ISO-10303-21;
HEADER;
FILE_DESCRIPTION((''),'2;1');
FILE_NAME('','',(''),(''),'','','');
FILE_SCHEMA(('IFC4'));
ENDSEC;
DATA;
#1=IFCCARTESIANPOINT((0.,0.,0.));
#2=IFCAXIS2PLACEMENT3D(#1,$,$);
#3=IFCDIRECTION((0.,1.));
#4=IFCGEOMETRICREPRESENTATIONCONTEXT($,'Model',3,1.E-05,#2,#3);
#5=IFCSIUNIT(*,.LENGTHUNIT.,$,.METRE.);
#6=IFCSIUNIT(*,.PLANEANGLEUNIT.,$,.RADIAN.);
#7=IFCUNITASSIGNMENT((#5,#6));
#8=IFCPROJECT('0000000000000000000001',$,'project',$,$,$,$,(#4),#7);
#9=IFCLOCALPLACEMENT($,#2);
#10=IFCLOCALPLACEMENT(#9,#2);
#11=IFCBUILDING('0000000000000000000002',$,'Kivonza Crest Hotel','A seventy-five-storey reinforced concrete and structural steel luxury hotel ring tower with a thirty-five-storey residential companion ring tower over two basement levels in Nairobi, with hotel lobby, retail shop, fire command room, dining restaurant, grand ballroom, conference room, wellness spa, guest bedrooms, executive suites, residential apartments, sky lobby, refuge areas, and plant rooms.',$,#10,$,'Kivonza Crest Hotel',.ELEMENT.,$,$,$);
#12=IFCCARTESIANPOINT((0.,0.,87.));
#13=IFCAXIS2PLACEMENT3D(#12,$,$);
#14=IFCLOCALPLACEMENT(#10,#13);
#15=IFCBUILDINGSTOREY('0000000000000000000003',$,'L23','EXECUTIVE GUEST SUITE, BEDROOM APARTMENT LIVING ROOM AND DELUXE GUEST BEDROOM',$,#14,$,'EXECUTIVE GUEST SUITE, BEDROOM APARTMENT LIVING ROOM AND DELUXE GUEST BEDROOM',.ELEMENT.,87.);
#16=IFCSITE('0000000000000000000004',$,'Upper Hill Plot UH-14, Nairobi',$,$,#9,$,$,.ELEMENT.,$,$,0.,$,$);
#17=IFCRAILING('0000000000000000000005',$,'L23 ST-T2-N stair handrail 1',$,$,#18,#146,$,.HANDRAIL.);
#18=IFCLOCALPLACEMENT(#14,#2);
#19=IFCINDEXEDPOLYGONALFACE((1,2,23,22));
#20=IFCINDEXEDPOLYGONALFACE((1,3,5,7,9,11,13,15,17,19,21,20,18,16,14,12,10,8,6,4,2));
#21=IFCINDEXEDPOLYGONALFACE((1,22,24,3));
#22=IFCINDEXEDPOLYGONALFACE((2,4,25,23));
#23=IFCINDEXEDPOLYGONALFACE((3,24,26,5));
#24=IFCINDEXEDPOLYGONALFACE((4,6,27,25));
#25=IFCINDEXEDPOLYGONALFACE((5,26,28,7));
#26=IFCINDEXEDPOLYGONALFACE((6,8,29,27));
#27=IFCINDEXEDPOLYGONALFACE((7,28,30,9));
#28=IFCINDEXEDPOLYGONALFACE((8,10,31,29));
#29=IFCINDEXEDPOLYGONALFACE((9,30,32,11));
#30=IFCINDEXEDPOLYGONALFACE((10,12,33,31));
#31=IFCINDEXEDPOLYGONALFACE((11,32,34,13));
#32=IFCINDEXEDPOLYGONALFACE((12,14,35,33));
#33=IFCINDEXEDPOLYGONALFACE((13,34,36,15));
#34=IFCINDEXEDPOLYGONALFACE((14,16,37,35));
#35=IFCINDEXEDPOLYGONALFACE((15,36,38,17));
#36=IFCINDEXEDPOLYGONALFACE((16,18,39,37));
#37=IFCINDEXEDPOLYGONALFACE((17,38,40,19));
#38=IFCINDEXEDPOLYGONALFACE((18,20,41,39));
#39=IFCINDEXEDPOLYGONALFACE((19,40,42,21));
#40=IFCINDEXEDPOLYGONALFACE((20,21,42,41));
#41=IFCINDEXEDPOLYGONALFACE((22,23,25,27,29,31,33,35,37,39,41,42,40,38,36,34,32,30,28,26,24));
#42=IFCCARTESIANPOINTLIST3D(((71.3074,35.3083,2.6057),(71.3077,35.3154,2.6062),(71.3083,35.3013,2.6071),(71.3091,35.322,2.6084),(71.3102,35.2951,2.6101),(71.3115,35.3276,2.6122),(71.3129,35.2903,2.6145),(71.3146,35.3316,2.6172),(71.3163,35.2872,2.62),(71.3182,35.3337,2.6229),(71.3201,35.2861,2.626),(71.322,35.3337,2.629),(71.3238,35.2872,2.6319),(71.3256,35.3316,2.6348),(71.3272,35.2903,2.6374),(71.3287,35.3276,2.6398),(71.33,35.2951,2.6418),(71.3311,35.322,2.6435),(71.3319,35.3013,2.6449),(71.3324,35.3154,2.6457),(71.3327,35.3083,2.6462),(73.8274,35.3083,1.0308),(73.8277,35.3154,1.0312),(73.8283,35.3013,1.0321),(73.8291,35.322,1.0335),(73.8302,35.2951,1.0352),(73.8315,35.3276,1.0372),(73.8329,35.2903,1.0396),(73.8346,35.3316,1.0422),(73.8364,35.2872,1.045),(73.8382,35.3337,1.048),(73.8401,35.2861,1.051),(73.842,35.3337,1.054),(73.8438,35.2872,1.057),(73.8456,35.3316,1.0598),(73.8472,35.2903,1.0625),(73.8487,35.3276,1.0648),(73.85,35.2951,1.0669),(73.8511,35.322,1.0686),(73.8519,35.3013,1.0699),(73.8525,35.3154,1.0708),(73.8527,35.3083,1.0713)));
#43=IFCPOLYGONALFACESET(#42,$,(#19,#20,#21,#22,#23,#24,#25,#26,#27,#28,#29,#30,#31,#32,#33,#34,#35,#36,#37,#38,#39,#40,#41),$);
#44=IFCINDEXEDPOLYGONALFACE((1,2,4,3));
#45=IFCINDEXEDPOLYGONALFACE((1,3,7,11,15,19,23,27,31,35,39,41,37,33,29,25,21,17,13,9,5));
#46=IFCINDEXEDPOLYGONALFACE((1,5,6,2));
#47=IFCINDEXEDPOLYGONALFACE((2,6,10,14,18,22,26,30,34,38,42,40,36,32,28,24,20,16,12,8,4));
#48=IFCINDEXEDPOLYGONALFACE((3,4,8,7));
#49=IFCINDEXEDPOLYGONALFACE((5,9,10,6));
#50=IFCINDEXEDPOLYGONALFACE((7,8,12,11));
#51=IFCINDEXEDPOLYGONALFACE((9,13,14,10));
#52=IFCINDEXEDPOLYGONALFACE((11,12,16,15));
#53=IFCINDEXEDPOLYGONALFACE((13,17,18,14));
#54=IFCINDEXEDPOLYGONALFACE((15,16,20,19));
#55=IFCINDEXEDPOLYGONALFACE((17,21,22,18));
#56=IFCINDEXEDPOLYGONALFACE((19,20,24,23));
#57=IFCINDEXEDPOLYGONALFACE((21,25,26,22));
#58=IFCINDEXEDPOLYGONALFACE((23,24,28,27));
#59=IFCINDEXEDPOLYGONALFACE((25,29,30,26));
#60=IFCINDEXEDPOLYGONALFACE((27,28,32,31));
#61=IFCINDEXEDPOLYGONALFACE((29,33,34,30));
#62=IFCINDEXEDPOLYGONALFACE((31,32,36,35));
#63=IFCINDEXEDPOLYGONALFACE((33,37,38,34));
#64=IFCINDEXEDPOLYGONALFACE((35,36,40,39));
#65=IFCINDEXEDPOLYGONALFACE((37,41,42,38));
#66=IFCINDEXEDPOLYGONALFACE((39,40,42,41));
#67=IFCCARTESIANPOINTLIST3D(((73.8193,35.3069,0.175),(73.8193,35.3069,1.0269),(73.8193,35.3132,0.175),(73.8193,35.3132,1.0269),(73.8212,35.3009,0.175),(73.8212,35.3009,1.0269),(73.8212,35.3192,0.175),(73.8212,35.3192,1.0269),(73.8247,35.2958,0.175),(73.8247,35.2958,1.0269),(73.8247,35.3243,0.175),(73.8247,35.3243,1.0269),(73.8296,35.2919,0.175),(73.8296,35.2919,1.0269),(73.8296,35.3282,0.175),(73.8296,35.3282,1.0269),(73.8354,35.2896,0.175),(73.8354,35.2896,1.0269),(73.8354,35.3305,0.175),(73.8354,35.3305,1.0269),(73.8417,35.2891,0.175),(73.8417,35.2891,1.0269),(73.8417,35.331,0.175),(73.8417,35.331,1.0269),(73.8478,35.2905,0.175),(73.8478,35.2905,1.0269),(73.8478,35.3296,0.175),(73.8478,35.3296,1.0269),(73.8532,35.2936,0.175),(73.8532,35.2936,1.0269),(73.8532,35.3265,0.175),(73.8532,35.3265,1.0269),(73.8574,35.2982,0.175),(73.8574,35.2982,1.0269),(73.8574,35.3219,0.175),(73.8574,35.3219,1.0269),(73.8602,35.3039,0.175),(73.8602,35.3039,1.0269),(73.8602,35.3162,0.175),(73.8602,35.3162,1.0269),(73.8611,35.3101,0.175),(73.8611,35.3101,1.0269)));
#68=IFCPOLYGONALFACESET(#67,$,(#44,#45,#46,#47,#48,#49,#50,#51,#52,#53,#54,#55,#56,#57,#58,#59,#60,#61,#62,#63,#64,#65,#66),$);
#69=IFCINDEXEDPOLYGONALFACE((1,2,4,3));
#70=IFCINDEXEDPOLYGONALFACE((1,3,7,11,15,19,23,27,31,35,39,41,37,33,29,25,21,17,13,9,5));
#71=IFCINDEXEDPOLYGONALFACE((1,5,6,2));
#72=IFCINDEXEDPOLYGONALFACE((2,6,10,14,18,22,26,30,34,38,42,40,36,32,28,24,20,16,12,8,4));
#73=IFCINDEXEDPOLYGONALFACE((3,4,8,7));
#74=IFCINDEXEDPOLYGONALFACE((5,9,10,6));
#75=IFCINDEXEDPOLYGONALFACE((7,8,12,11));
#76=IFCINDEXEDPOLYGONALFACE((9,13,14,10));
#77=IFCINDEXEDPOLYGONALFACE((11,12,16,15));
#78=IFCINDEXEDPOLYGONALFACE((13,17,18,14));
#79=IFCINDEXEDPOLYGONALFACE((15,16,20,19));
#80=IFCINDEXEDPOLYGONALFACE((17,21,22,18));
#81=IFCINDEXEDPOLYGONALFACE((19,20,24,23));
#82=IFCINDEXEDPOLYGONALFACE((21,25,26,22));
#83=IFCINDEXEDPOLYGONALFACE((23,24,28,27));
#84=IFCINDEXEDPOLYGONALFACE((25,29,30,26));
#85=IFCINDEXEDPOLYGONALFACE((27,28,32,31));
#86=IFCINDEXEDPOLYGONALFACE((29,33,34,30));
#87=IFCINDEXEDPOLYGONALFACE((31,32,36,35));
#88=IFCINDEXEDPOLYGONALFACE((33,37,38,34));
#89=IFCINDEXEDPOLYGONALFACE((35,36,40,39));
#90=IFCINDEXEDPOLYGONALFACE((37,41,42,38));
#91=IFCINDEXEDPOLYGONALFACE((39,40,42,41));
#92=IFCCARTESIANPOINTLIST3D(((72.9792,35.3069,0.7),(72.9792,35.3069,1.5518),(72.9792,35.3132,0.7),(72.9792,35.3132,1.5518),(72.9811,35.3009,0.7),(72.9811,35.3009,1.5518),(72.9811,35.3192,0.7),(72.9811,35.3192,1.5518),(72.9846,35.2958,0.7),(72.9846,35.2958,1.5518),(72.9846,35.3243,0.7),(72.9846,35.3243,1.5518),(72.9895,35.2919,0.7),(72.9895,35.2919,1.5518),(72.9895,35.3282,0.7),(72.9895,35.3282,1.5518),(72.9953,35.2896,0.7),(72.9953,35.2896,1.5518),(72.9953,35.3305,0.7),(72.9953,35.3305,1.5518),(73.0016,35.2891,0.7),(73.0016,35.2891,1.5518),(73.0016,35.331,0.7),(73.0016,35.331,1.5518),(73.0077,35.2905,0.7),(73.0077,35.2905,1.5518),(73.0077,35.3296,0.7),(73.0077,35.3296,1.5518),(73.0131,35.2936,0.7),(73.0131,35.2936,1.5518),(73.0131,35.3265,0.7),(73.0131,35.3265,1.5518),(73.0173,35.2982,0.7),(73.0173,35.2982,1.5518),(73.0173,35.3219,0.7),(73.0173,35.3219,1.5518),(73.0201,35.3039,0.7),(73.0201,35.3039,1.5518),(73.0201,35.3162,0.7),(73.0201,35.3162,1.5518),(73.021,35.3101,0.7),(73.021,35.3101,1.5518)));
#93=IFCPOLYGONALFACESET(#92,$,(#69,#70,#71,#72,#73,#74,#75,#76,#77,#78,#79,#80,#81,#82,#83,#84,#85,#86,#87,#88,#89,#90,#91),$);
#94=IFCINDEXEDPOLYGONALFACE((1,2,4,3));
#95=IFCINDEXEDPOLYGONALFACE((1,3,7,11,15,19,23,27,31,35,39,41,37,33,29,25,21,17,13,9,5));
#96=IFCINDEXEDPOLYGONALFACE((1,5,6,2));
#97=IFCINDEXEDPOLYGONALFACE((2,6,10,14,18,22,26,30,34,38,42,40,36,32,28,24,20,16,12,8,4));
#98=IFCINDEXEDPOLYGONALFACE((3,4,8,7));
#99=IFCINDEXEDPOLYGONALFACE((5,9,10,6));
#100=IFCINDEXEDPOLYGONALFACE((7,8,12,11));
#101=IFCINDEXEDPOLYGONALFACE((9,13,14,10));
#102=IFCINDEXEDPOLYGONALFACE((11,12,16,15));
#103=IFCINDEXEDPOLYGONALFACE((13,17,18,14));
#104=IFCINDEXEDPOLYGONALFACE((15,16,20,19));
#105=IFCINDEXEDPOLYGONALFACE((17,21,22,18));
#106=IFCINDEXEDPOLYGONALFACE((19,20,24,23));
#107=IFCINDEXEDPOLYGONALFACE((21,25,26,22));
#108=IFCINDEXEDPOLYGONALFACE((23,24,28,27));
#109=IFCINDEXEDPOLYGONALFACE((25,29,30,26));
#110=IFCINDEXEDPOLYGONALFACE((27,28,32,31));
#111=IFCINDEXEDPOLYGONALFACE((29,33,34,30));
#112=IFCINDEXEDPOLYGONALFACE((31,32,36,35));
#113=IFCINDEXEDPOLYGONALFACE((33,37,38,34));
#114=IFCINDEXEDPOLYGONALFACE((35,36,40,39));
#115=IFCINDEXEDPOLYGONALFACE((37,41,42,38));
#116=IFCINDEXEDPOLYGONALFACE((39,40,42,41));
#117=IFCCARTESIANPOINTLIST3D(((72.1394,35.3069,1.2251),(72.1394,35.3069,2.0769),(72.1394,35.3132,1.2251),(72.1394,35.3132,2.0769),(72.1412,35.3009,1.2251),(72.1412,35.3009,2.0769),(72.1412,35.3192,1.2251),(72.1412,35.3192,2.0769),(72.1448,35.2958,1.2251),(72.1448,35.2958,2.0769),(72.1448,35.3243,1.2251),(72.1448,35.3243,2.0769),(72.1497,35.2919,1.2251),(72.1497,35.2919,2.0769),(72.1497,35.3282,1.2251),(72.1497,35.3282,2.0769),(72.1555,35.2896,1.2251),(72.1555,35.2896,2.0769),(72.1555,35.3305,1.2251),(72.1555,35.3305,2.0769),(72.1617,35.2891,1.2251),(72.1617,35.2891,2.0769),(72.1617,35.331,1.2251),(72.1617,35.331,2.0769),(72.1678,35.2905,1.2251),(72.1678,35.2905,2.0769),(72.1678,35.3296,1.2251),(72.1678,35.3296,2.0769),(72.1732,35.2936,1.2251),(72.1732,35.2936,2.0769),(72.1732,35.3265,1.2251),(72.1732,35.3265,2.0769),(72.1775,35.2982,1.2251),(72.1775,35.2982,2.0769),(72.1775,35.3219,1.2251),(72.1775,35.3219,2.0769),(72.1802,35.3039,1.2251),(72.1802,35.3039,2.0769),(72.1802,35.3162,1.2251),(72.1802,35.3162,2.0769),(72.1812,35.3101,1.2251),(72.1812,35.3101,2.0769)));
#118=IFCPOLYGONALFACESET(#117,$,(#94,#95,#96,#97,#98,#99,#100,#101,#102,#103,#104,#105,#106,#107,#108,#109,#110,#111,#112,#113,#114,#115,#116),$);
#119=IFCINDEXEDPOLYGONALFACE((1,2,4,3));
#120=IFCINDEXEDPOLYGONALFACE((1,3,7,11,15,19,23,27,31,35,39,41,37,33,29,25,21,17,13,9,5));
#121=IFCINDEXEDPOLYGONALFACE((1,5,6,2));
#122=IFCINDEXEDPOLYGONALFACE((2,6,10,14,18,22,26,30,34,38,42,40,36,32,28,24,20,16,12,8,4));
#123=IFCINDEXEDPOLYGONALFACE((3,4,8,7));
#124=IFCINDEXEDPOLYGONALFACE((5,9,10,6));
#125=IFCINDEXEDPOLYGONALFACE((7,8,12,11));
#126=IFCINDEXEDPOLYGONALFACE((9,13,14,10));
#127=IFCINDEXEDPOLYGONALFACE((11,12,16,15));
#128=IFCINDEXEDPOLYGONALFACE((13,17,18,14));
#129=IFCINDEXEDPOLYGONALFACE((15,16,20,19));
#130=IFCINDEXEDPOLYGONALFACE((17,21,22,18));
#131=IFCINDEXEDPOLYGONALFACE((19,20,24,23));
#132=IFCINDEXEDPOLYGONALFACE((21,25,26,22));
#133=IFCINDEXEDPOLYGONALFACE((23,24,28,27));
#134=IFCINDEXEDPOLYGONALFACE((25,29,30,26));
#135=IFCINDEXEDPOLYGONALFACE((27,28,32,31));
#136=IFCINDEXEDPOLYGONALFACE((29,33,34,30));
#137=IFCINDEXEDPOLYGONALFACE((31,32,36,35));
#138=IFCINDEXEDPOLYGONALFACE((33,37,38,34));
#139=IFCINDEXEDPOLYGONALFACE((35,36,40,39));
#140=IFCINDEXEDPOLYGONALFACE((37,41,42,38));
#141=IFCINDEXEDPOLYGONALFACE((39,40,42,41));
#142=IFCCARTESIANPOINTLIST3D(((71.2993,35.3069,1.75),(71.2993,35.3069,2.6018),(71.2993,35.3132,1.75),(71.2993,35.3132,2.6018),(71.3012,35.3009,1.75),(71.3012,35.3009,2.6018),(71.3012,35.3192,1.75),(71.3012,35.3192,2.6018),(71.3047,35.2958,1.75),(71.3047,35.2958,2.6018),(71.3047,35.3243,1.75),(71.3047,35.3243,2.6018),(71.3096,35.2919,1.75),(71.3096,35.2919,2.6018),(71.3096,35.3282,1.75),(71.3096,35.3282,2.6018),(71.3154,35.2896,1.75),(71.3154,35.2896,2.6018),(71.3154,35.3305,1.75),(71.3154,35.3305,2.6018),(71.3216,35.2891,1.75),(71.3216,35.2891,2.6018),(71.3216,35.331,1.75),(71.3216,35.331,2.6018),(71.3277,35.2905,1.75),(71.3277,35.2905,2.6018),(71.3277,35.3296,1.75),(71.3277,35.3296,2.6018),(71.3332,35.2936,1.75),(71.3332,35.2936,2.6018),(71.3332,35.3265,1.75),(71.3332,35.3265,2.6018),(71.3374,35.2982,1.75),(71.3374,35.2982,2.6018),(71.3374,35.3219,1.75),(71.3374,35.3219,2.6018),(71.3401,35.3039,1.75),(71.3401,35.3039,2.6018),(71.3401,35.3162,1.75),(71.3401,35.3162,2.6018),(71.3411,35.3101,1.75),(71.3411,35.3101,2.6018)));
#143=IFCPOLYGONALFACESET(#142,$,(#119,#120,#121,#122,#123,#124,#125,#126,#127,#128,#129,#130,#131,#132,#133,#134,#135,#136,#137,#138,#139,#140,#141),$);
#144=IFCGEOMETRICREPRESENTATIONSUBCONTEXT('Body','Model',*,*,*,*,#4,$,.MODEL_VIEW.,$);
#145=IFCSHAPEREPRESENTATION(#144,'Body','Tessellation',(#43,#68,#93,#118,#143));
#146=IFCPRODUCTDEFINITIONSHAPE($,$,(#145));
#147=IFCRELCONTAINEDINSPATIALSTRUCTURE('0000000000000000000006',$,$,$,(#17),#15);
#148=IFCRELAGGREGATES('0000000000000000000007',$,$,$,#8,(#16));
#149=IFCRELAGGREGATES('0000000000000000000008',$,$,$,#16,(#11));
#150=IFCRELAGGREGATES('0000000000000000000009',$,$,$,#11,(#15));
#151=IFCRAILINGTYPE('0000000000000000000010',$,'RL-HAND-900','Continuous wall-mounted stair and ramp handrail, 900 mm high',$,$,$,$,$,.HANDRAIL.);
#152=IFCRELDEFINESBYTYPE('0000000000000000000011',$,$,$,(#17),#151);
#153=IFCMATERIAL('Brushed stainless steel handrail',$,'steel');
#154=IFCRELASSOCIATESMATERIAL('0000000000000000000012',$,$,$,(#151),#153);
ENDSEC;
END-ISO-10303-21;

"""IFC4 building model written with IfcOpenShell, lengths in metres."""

from ifc_helpers import new_model, si_unit, direction, frame, origin, origin_2d, place, context, subcontext, project, spatial, circle, extrude, material, type_object, element, save


model = new_model("IFC4")

# Units and contexts
model_context = context("Model", 3, precision=1e-05, world=origin(), true_north=direction((0.0, 1.0)))
body_context = subcontext(model_context, "Body", "Model", "MODEL_VIEW")
ifc_project = project(units=[si_unit("LENGTHUNIT", "METRE"), si_unit("PLANEANGLEUNIT", "RADIAN")], contexts=[model_context])

# Site, building, storey
site_placement = place(None, origin())
site = spatial("IfcSite", under=ifc_project, at=site_placement, Name="Upper Hill Plot UH-14, Nairobi", CompositionType="ELEMENT", RefElevation=0.0)
building_placement = place(site_placement, origin())
building = spatial("IfcBuilding", under=site, at=building_placement, Name="Kivonza Crest Hotel", Description="A seventy-five-storey reinforced concrete and structural steel luxury hotel ring tower with a thirty-five-storey residential companion ring tower over two basement levels in Nairobi, with hotel lobby, retail shop, fire command room, dining restaurant, grand ballroom, conference room, wellness spa, guest bedrooms, executive suites, residential apartments, sky lobby, refuge areas, and plant rooms.", LongName="Kivonza Crest Hotel", CompositionType="ELEMENT")
storey_placement = place(building_placement, frame((0.0, 0.0, 87.0)))
storey = spatial("IfcBuildingStorey", under=building, at=storey_placement, Name="L23", Description="EXECUTIVE GUEST SUITE, BEDROOM APARTMENT LIVING ROOM AND DELUXE GUEST BEDROOM", LongName="EXECUTIVE GUEST SUITE, BEDROOM APARTMENT LIVING ROOM AND DELUXE GUEST BEDROOM", CompositionType="ELEMENT", Elevation=87.0)

# Railing
ifc_material_1 = material(Name="Brushed stainless steel handrail", Category="steel")
railing_type = type_object("IfcRailingType", Name="RL-HAND-900", Description="Continuous wall-mounted stair and ramp handrail, 900 mm high", PredefinedType="HANDRAIL", material=ifc_material_1)
railing_placement = place(storey_placement, frame((73.8401, 35.3101, 0.175)))
element("IfcRailing", 1, at=railing_placement, inside=storey, type_object=railing_type, Name="L23 ST-T2-N stair handrail 1", PredefinedType="HANDRAIL", context=body_context, shape_type="SweptSolid", body=[
    extrude(circle(Radius=0.0239, at=origin_2d()), frame((0.0, 0.0, 0.876), z_axis=(-0.848008, 0.0, 0.529984), x_axis=(0.0, -1.0, 0.0)), (0.0, 0.0, 1.0), 2.9717),
    extrude(circle(Radius=0.021, at=origin_2d()), origin(), (0.0, 0.0, 1.0), 0.8518),
    extrude(circle(Radius=0.021, at=origin_2d()), frame((-0.8401, 0.0, 0.5249)), (0.0, 0.0, 1.0), 0.8518),
    extrude(circle(Radius=0.021, at=origin_2d()), frame((-1.6799, 0.0, 1.05)), (0.0, 0.0, 1.0), 0.8518),
    extrude(circle(Radius=0.021, at=origin_2d()), frame((-2.52, 0.0, 1.575)), (0.0, 0.0, 1.0), 0.8518),
])

save(model, "model.ifc")
